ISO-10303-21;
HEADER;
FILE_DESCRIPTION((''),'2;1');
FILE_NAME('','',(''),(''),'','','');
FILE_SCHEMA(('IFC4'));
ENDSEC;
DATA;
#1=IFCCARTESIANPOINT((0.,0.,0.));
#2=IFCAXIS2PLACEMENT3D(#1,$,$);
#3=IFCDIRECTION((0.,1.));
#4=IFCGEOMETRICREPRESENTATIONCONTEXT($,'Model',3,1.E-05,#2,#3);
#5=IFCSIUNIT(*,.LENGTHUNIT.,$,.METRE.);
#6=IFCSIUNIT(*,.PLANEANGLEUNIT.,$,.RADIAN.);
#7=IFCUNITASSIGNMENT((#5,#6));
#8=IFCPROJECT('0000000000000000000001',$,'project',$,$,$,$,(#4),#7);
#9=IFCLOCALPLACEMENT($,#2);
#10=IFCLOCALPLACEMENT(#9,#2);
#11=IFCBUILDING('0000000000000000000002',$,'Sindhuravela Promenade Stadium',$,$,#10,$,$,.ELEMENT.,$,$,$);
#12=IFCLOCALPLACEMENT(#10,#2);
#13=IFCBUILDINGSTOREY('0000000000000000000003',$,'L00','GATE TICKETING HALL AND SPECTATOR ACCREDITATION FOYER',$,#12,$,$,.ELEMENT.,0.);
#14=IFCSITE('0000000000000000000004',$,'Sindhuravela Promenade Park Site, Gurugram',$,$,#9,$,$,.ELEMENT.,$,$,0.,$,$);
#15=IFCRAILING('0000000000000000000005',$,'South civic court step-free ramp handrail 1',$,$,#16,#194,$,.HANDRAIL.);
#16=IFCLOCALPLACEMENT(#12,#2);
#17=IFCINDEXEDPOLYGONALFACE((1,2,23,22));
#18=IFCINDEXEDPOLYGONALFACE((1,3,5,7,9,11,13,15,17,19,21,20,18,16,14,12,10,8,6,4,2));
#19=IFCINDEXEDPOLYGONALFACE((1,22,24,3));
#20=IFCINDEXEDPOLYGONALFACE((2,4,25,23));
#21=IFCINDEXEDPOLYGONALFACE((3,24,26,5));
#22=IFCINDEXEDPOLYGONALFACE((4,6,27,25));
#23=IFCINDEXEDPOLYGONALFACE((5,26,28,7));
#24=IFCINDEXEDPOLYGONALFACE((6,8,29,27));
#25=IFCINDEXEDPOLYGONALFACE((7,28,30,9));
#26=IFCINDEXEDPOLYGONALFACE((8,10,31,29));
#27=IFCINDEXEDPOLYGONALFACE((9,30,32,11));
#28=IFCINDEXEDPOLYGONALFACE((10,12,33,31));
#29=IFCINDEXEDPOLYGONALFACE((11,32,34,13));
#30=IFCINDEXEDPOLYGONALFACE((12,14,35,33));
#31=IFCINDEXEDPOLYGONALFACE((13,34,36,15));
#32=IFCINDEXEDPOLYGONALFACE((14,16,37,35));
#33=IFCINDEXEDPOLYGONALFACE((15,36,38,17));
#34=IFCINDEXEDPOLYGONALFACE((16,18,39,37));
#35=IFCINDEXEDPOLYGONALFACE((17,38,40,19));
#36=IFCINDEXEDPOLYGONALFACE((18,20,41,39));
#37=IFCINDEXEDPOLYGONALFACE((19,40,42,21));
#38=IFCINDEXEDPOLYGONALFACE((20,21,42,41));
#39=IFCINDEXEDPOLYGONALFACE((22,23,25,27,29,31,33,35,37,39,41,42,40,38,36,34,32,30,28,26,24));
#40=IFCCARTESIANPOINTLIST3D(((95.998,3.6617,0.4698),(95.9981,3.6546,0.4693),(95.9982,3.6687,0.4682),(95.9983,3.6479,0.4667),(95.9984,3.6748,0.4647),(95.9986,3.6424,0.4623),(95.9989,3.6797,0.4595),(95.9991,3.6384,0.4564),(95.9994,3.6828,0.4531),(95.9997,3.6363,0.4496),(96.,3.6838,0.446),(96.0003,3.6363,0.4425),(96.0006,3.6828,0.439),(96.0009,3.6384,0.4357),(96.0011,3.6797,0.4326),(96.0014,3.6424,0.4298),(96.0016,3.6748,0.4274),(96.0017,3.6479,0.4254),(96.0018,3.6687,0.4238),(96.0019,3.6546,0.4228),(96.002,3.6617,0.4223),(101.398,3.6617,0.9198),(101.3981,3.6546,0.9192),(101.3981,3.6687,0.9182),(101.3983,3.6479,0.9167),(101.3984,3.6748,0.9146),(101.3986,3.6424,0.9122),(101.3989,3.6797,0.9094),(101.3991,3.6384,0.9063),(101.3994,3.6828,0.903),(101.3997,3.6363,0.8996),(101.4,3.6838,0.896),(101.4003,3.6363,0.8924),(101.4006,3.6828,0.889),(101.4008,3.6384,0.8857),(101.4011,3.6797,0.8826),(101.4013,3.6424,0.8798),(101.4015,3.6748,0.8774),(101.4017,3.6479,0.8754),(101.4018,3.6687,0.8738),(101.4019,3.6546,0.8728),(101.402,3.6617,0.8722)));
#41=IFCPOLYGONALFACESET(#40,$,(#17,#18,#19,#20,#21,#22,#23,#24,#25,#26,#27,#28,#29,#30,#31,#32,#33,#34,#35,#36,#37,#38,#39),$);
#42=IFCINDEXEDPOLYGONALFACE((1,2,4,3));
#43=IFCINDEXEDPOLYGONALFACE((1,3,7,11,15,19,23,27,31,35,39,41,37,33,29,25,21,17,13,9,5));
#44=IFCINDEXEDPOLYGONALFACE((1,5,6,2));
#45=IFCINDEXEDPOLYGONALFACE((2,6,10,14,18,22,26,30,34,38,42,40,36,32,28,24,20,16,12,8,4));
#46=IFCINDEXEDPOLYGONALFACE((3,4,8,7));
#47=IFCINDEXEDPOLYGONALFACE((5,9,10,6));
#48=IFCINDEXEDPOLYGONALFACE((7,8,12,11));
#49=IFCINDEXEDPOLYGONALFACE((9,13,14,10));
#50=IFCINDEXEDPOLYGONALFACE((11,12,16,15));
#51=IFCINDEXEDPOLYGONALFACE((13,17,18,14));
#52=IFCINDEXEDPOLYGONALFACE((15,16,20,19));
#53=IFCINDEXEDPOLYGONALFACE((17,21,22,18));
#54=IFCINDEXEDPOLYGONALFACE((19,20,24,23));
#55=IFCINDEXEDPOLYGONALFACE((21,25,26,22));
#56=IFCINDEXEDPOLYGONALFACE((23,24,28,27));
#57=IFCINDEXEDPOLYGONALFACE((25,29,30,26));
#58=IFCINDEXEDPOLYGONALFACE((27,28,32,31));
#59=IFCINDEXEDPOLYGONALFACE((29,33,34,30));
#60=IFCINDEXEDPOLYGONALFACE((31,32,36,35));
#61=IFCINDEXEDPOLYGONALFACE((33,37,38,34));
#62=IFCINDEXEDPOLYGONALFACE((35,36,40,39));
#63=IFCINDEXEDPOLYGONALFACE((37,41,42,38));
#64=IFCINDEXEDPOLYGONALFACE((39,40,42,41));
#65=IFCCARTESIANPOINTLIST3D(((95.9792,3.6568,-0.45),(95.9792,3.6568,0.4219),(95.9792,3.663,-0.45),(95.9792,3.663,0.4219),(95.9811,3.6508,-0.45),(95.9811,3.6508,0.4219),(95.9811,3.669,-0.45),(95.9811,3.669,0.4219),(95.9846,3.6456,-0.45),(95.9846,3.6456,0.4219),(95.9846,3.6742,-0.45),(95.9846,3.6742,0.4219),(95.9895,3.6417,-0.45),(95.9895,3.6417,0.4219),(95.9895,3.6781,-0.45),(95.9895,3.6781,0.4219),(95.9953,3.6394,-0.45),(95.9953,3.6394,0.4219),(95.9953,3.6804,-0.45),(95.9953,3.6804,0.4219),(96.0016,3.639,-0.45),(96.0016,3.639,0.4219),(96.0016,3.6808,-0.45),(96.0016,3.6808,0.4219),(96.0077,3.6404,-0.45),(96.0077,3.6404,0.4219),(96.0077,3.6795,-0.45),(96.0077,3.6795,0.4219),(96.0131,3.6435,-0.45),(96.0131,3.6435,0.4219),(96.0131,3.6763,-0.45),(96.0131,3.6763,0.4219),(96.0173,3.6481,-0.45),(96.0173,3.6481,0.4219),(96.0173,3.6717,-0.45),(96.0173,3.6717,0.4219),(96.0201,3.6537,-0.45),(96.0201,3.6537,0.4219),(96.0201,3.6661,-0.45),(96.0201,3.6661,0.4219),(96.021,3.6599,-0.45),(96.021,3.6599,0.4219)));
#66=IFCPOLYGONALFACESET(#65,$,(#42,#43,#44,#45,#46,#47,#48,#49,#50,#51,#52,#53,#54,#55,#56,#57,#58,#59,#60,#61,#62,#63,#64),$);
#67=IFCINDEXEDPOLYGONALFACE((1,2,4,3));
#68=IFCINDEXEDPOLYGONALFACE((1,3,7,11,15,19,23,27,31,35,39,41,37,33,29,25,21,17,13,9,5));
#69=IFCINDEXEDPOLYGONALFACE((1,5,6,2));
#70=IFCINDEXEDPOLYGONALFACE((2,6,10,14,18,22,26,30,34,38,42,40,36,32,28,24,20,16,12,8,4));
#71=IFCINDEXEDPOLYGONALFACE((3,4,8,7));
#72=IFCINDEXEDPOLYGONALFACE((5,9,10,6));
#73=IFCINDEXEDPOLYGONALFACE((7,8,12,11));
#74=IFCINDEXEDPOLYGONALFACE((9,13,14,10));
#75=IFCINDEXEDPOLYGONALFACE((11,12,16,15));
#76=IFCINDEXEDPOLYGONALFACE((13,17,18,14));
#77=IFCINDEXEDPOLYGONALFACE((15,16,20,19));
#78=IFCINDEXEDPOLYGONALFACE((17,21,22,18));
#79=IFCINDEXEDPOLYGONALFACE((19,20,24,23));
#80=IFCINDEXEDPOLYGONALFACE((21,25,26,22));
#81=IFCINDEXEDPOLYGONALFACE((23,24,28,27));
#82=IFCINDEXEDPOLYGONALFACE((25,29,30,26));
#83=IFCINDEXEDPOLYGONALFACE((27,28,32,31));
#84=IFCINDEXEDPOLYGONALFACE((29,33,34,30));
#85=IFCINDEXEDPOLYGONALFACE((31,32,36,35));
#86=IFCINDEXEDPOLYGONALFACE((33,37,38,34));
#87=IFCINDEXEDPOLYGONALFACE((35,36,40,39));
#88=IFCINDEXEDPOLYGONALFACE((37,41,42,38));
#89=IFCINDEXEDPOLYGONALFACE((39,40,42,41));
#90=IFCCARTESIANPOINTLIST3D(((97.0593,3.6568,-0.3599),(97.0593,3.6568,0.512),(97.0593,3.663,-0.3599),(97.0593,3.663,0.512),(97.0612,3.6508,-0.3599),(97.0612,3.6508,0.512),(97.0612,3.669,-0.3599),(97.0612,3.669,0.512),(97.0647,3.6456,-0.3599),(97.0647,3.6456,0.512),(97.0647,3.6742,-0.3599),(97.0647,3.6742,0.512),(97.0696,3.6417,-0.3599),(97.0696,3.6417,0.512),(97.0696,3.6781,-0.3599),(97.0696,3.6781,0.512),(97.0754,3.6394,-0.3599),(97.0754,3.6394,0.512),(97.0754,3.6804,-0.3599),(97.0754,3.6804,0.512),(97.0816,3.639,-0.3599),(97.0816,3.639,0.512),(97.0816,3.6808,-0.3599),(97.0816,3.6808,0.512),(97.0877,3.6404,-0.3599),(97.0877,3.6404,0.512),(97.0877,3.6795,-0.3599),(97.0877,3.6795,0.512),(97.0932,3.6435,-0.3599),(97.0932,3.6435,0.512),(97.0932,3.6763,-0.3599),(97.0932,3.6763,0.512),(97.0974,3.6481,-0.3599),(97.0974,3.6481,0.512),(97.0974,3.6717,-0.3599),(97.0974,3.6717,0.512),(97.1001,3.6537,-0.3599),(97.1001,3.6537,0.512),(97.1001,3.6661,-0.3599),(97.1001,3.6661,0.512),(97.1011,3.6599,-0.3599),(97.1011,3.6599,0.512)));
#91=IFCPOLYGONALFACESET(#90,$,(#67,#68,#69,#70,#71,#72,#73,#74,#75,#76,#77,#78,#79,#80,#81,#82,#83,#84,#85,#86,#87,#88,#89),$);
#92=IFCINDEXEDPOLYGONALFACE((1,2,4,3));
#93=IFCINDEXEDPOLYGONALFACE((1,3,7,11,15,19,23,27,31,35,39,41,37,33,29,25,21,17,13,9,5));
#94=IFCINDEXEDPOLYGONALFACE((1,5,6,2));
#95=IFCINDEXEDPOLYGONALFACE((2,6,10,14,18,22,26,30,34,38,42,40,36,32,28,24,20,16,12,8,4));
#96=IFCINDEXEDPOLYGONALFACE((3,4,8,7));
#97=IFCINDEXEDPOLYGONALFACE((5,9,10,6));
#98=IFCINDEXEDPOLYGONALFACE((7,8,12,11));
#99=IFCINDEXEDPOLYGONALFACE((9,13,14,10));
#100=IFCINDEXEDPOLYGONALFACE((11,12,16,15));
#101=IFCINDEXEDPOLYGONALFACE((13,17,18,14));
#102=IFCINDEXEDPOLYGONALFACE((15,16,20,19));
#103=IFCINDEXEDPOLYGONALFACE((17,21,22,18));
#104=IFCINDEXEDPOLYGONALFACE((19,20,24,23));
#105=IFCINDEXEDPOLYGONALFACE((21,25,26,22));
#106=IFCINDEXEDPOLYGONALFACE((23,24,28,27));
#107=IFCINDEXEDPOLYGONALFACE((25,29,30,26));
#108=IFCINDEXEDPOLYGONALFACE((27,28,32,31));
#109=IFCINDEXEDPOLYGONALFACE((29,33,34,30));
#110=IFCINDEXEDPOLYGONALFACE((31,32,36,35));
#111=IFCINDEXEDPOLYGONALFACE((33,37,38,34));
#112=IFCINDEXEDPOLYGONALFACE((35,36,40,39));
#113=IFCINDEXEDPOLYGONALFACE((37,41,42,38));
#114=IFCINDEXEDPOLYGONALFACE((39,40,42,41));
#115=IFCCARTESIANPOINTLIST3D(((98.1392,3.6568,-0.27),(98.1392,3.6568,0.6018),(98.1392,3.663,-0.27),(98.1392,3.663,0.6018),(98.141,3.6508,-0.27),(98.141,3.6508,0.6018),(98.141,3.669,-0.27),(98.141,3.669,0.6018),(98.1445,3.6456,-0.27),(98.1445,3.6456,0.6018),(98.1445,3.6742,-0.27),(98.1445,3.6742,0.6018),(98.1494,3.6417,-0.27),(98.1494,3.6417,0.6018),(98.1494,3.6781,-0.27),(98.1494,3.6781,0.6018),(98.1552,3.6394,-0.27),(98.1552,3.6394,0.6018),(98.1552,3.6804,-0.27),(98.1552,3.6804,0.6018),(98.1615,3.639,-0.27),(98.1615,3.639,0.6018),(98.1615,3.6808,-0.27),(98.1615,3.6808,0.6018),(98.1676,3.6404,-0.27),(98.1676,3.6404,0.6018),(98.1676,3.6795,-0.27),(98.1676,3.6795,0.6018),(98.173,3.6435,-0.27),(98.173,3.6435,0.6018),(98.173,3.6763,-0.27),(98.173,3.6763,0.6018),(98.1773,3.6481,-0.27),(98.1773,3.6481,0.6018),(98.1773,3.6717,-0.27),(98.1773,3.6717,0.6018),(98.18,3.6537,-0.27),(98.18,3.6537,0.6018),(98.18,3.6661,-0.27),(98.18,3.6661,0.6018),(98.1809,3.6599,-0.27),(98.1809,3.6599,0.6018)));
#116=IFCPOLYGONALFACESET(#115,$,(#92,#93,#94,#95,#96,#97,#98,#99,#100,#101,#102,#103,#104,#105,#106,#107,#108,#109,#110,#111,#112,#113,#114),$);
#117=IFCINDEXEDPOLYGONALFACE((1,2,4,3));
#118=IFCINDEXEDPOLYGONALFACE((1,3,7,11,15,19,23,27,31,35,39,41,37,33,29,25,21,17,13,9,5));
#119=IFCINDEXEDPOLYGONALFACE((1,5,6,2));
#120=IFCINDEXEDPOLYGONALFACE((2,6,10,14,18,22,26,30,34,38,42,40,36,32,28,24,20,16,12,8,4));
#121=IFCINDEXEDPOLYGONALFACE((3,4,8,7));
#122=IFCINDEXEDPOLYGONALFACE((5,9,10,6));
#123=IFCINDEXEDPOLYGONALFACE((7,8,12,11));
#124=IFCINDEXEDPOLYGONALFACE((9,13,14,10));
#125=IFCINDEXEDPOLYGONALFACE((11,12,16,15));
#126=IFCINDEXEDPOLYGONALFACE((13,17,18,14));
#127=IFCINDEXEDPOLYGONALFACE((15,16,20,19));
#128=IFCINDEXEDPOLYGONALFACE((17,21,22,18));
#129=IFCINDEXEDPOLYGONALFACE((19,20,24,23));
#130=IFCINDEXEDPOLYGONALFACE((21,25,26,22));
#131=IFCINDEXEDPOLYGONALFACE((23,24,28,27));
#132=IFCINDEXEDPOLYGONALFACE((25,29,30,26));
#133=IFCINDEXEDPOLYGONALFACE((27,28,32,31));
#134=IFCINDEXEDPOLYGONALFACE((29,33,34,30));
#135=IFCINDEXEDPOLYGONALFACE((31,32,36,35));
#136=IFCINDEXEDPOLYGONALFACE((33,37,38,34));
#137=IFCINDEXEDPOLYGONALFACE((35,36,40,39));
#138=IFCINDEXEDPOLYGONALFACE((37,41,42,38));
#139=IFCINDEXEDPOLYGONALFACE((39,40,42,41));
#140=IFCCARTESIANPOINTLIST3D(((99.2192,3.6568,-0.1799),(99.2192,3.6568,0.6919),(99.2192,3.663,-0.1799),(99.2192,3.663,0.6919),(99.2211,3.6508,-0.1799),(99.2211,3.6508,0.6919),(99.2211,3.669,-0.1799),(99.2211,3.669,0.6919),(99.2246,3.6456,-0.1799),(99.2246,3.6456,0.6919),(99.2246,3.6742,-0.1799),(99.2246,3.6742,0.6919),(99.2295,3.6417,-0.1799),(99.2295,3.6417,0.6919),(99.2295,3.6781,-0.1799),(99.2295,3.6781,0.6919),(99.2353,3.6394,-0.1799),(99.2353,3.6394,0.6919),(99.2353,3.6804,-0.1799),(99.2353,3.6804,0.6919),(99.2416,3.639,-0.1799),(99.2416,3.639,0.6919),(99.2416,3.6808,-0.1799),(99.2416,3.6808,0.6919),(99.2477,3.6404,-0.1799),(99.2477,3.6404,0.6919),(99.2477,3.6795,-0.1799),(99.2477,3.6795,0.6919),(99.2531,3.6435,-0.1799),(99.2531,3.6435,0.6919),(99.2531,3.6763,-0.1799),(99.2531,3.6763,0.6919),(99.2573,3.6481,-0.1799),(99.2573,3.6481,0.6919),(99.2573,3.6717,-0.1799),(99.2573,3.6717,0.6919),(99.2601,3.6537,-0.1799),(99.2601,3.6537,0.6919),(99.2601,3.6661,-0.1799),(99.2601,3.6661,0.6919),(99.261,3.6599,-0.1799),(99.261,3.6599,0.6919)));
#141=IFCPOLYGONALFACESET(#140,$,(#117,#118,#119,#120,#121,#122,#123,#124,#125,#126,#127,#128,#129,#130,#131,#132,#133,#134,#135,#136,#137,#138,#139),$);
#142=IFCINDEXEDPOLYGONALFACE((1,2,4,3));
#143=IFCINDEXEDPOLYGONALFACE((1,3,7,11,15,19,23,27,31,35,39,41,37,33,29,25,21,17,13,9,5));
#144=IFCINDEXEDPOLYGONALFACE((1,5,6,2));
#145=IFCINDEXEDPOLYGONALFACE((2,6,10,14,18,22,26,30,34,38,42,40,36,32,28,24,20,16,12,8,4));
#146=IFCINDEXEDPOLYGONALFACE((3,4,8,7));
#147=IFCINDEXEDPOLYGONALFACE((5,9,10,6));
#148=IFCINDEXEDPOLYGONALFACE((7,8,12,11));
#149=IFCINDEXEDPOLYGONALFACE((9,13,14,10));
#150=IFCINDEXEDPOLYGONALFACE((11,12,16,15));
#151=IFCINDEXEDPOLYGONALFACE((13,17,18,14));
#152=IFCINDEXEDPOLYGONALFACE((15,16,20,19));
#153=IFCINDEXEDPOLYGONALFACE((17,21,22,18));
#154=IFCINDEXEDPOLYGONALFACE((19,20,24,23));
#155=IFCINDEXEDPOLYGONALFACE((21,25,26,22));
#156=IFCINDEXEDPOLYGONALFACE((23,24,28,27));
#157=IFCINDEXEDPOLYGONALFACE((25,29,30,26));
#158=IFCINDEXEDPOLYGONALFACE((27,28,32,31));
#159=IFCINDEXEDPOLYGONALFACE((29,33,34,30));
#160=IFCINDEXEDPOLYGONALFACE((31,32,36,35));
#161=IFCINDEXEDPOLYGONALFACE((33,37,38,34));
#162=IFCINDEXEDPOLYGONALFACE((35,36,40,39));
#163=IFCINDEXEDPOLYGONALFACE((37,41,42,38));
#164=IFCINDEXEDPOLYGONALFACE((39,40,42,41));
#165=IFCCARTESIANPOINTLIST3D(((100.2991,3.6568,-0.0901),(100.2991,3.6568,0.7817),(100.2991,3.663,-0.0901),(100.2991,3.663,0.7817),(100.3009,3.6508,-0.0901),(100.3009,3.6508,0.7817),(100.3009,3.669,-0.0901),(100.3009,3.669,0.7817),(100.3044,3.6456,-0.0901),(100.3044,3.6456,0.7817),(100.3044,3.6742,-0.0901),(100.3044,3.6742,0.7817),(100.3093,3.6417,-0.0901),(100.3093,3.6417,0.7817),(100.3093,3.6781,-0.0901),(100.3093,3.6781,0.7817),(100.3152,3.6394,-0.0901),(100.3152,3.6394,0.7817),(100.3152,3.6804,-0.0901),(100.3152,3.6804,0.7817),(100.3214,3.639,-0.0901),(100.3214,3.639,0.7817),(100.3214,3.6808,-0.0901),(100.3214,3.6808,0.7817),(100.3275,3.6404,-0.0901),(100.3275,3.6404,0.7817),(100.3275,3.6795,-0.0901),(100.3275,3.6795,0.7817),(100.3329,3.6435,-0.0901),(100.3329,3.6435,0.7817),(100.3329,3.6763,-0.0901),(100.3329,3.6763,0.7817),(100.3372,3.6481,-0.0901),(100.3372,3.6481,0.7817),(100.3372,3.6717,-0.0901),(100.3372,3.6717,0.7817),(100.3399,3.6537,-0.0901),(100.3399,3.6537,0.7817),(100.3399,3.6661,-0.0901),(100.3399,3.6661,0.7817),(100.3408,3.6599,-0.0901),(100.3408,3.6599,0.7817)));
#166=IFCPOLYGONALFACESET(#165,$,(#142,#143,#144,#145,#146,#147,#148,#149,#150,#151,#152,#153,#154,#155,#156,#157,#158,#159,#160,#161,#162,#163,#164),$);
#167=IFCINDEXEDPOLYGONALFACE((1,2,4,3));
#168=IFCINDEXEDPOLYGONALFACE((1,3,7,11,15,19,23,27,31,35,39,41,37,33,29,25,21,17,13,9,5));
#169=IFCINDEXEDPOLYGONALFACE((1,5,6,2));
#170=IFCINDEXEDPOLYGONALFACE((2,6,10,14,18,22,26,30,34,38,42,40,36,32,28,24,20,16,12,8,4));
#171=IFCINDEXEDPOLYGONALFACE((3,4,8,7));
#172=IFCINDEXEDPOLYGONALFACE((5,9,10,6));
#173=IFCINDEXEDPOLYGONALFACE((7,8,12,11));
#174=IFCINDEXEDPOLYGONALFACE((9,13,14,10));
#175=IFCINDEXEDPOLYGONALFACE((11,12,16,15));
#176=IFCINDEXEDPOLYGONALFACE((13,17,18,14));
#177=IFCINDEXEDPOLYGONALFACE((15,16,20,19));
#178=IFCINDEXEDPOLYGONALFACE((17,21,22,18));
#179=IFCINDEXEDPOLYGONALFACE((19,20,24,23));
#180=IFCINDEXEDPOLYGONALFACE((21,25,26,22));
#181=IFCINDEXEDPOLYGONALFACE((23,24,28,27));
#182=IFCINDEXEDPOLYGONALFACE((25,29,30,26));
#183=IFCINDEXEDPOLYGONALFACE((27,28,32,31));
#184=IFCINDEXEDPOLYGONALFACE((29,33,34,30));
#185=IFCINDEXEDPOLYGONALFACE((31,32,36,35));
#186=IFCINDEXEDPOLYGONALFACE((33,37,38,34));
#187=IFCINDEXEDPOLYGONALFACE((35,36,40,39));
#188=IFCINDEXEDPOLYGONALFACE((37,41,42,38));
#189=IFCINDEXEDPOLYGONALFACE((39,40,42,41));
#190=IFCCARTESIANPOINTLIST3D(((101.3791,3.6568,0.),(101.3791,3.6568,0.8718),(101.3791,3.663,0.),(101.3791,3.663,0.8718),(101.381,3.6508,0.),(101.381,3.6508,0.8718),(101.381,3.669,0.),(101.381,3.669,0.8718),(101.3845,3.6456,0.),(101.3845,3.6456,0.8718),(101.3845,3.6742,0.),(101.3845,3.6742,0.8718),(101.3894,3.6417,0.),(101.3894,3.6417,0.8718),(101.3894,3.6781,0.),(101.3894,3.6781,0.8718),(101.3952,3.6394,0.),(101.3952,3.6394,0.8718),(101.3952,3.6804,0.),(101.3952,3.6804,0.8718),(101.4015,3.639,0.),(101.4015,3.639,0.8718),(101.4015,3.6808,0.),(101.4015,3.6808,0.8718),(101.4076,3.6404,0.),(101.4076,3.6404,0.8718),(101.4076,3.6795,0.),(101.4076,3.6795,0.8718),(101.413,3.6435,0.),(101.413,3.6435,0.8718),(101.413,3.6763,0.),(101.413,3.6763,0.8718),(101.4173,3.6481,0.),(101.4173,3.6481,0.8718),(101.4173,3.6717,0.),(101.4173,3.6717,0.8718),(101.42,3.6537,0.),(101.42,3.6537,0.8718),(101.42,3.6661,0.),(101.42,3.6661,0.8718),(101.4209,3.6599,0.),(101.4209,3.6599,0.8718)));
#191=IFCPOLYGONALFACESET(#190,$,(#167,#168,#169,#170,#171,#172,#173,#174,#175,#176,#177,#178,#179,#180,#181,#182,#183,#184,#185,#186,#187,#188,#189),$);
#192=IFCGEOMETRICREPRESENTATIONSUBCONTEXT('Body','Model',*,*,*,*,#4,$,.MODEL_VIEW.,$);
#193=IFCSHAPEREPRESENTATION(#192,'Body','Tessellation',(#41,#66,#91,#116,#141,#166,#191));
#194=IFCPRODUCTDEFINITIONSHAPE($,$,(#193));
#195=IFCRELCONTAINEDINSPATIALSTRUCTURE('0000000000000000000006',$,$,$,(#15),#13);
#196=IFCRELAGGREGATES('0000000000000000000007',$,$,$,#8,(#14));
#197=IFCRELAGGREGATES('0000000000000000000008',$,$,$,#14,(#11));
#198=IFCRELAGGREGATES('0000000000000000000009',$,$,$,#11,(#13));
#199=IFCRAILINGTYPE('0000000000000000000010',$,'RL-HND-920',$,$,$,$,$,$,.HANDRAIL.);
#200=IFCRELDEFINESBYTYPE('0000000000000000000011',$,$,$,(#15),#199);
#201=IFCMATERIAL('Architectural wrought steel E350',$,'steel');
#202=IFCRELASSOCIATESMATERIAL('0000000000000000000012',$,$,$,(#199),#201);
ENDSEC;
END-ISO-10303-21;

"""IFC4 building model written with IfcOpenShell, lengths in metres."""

from ifc_helpers import new_model, si_unit, direction, frame, origin, origin_2d, place, context, subcontext, project, spatial, circle, extrude, material, type_object, element, save


model = new_model("IFC4")

# Units and contexts
model_context = context("Model", 3, precision=1e-05, world=origin(), true_north=direction((0.0, 1.0)))
body_context = subcontext(model_context, "Body", "Model", "MODEL_VIEW")
ifc_project = project(units=[si_unit("LENGTHUNIT", "METRE"), si_unit("PLANEANGLEUNIT", "RADIAN")], contexts=[model_context])

# Site, building, storey
site_placement = place(None, origin())
site = spatial("IfcSite", under=ifc_project, at=site_placement, Name="Sindhuravela Promenade Park Site, Gurugram", CompositionType="ELEMENT", RefElevation=0.0)
building_placement = place(site_placement, origin())
building = spatial("IfcBuilding", under=site, at=building_placement, Name="Sindhuravela Promenade Stadium", CompositionType="ELEMENT")
storey_placement = place(building_placement, origin())
storey = spatial("IfcBuildingStorey", under=building, at=storey_placement, Name="L00", Description="GATE TICKETING HALL AND SPECTATOR ACCREDITATION FOYER", CompositionType="ELEMENT", Elevation=0.0)

# Railing
ifc_material_1 = material(Name="Architectural wrought steel E350", Category="steel")
railing_type = type_object("IfcRailingType", Name="RL-HND-920", PredefinedType="HANDRAIL", material=ifc_material_1)
for number, where, name in (
    (1, (96.0, 3.6599, -0.45), "South civic court step-free ramp handrail 1"),
):
    element("IfcRailing", number, at=place(storey_placement, frame(where)), inside=storey, type_object=railing_type, Name=name, PredefinedType="HANDRAIL", context=body_context, shape_type="SweptSolid", body=[
        extrude(circle(Radius=0.0239, at=origin_2d()), frame((0.0, 0.0, 0.896), z_axis=(0.996546, 0.0, 0.083038), x_axis=(0.0, 1.0, 0.0)), (0.0, 0.0, 1.0), 5.4187),
        extrude(circle(Radius=0.021, at=origin_2d()), origin(), (0.0, 0.0, 1.0), 0.8718),
        extrude(circle(Radius=0.021, at=origin_2d()), frame((1.0801, 0.0, 0.0901)), (0.0, 0.0, 1.0), 0.8718),
        extrude(circle(Radius=0.021, at=origin_2d()), frame((2.1599, 0.0, 0.1799)), (0.0, 0.0, 1.0), 0.8718),
        extrude(circle(Radius=0.021, at=origin_2d()), frame((3.24, 0.0, 0.27)), (0.0, 0.0, 1.0), 0.8718),
        extrude(circle(Radius=0.021, at=origin_2d()), frame((4.3198, 0.0, 0.3599)), (0.0, 0.0, 1.0), 0.8718),
        extrude(circle(Radius=0.021, at=origin_2d()), frame((5.3999, 0.0, 0.45)), (0.0, 0.0, 1.0), 0.8718),
    ])

save(model, "model.ifc")
